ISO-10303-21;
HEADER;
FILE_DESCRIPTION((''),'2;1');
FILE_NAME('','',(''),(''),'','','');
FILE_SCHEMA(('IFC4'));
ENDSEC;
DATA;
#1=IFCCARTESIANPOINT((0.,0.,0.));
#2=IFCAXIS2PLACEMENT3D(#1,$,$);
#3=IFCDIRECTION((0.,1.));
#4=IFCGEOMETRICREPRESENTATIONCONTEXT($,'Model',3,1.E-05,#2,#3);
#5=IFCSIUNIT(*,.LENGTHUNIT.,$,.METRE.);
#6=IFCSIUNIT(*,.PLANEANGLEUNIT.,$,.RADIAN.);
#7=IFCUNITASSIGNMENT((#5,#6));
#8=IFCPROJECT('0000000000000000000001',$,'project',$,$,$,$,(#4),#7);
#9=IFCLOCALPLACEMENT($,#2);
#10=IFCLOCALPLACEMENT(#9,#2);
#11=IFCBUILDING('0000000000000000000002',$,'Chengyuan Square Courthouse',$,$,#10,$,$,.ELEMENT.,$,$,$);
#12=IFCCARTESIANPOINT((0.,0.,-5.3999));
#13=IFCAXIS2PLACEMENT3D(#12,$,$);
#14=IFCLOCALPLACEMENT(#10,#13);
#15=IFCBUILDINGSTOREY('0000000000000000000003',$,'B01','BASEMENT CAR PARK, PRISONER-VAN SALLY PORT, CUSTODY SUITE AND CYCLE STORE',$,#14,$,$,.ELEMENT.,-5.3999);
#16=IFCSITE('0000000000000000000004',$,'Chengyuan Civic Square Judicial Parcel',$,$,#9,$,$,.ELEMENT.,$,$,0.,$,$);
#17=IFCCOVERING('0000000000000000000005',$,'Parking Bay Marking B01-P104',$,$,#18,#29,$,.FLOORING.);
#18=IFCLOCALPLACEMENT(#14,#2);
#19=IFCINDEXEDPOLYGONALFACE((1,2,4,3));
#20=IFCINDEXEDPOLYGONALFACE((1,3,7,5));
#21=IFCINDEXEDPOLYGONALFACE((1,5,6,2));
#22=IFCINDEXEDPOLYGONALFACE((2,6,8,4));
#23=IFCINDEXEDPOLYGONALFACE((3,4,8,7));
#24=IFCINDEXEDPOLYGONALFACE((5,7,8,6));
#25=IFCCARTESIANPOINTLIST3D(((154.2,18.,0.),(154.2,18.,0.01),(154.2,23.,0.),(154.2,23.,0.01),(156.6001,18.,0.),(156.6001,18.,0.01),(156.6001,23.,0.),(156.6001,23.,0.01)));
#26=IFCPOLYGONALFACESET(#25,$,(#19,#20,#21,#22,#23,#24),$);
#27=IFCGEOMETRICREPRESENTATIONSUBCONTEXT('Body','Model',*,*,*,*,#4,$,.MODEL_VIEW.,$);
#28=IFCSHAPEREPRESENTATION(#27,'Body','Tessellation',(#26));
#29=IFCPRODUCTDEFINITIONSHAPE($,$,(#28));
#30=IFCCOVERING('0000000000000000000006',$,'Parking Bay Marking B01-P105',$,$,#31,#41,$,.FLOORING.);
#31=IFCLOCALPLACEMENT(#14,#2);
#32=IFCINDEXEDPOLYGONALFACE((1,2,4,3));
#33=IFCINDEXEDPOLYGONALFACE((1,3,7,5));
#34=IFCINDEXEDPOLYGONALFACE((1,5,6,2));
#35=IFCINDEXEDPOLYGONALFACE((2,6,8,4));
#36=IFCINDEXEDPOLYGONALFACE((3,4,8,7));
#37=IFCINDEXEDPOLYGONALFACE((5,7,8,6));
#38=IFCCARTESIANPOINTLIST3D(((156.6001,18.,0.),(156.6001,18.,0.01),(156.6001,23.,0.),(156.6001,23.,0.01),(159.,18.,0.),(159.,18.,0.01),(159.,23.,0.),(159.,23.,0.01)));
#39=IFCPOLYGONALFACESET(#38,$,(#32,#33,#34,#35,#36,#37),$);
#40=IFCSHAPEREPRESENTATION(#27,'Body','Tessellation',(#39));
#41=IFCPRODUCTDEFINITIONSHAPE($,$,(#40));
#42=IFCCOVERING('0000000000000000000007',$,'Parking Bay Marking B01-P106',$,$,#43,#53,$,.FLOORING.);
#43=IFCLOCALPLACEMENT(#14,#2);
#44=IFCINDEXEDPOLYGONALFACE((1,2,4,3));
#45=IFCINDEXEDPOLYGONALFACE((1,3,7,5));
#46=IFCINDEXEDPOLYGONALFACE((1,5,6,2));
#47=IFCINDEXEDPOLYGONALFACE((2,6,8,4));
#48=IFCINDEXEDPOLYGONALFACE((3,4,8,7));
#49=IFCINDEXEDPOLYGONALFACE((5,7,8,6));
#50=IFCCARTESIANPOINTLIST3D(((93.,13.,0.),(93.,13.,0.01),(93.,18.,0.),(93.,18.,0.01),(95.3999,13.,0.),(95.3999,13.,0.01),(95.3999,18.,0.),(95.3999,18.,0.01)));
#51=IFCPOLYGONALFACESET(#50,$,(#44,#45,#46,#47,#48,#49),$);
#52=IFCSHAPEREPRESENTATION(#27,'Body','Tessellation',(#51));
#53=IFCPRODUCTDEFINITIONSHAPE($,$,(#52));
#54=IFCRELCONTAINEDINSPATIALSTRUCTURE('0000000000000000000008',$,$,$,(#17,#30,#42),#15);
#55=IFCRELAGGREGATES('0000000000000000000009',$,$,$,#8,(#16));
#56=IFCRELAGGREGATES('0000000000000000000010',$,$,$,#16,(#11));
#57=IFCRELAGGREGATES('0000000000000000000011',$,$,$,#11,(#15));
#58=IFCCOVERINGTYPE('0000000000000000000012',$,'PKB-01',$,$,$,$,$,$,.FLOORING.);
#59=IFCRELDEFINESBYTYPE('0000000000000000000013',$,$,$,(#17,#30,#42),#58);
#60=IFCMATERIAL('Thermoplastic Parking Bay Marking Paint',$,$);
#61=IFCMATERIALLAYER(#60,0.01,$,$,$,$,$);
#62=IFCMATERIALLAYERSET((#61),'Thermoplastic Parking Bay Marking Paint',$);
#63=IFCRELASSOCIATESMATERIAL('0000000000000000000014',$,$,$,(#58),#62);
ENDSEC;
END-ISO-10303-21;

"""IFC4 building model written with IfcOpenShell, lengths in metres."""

from ifc_helpers import new_model, si_unit, direction, frame, origin, place, context, subcontext, project, spatial, polyline, outline, extrude, material, layer, layer_set, type_object, element, save


model = new_model("IFC4")

# Units and contexts
model_context = context("Model", 3, precision=1e-05, world=origin(), true_north=direction((0.0, 1.0)))
body_context = subcontext(model_context, "Body", "Model", "MODEL_VIEW")
ifc_project = project(units=[si_unit("LENGTHUNIT", "METRE"), si_unit("PLANEANGLEUNIT", "RADIAN")], contexts=[model_context])

# Site, building, storey
site_placement = place(None, origin())
site = spatial("IfcSite", under=ifc_project, at=site_placement, Name="Chengyuan Civic Square Judicial Parcel", CompositionType="ELEMENT", RefElevation=0.0)
building_placement = place(site_placement, origin())
building = spatial("IfcBuilding", under=site, at=building_placement, Name="Chengyuan Square Courthouse", CompositionType="ELEMENT")
storey_placement = place(building_placement, frame((0.0, 0.0, -5.3999)))
storey = spatial("IfcBuildingStorey", under=building, at=storey_placement, Name="B01", Description="BASEMENT CAR PARK, PRISONER-VAN SALLY PORT, CUSTODY SUITE AND CYCLE STORE", CompositionType="ELEMENT", Elevation=-5.3999)

# Coverings
ifc_material_1 = material(Name="Thermoplastic Parking Bay Marking Paint")
ifc_layer_1 = layer(ifc_material_1, 0.01)
ifc_layer_set_1 = layer_set([ifc_layer_1], Name="Thermoplastic Parking Bay Marking Paint")
covering_type = type_object("IfcCoveringType", Name="PKB-01", PredefinedType="FLOORING", material=ifc_layer_set_1)
covering_1_placement = place(storey_placement, origin())
element("IfcCovering", 1, at=covering_1_placement, inside=storey, type_object=covering_type, Name="Parking Bay Marking B01-P104", PredefinedType="FLOORING", context=body_context, shape_type="SweptSolid", body=[
    extrude(outline(polyline([(154.2, 18.0), (156.6001, 18.0), (156.6001, 23.0), (154.2, 23.0), (154.2, 18.0)])), origin(), (0.0, 0.0, 1.0), 0.01),
])
covering_2_placement = place(storey_placement, origin())
element("IfcCovering", 2, at=covering_2_placement, inside=storey, type_object=covering_type, Name="Parking Bay Marking B01-P105", PredefinedType="FLOORING", context=body_context, shape_type="SweptSolid", body=[
    extrude(outline(polyline([(156.6001, 18.0), (159.0, 18.0), (159.0, 23.0), (156.6001, 23.0), (156.6001, 18.0)])), origin(), (0.0, 0.0, 1.0), 0.01),
])
covering_3_placement = place(storey_placement, origin())
element("IfcCovering", 3, at=covering_3_placement, inside=storey, type_object=covering_type, Name="Parking Bay Marking B01-P106", PredefinedType="FLOORING", context=body_context, shape_type="SweptSolid", body=[
    extrude(outline(polyline([(93.0, 13.0), (95.3999, 13.0), (95.3999, 18.0), (93.0, 18.0), (93.0, 13.0)])), origin(), (0.0, 0.0, 1.0), 0.01),
])

save(model, "model.ifc")
